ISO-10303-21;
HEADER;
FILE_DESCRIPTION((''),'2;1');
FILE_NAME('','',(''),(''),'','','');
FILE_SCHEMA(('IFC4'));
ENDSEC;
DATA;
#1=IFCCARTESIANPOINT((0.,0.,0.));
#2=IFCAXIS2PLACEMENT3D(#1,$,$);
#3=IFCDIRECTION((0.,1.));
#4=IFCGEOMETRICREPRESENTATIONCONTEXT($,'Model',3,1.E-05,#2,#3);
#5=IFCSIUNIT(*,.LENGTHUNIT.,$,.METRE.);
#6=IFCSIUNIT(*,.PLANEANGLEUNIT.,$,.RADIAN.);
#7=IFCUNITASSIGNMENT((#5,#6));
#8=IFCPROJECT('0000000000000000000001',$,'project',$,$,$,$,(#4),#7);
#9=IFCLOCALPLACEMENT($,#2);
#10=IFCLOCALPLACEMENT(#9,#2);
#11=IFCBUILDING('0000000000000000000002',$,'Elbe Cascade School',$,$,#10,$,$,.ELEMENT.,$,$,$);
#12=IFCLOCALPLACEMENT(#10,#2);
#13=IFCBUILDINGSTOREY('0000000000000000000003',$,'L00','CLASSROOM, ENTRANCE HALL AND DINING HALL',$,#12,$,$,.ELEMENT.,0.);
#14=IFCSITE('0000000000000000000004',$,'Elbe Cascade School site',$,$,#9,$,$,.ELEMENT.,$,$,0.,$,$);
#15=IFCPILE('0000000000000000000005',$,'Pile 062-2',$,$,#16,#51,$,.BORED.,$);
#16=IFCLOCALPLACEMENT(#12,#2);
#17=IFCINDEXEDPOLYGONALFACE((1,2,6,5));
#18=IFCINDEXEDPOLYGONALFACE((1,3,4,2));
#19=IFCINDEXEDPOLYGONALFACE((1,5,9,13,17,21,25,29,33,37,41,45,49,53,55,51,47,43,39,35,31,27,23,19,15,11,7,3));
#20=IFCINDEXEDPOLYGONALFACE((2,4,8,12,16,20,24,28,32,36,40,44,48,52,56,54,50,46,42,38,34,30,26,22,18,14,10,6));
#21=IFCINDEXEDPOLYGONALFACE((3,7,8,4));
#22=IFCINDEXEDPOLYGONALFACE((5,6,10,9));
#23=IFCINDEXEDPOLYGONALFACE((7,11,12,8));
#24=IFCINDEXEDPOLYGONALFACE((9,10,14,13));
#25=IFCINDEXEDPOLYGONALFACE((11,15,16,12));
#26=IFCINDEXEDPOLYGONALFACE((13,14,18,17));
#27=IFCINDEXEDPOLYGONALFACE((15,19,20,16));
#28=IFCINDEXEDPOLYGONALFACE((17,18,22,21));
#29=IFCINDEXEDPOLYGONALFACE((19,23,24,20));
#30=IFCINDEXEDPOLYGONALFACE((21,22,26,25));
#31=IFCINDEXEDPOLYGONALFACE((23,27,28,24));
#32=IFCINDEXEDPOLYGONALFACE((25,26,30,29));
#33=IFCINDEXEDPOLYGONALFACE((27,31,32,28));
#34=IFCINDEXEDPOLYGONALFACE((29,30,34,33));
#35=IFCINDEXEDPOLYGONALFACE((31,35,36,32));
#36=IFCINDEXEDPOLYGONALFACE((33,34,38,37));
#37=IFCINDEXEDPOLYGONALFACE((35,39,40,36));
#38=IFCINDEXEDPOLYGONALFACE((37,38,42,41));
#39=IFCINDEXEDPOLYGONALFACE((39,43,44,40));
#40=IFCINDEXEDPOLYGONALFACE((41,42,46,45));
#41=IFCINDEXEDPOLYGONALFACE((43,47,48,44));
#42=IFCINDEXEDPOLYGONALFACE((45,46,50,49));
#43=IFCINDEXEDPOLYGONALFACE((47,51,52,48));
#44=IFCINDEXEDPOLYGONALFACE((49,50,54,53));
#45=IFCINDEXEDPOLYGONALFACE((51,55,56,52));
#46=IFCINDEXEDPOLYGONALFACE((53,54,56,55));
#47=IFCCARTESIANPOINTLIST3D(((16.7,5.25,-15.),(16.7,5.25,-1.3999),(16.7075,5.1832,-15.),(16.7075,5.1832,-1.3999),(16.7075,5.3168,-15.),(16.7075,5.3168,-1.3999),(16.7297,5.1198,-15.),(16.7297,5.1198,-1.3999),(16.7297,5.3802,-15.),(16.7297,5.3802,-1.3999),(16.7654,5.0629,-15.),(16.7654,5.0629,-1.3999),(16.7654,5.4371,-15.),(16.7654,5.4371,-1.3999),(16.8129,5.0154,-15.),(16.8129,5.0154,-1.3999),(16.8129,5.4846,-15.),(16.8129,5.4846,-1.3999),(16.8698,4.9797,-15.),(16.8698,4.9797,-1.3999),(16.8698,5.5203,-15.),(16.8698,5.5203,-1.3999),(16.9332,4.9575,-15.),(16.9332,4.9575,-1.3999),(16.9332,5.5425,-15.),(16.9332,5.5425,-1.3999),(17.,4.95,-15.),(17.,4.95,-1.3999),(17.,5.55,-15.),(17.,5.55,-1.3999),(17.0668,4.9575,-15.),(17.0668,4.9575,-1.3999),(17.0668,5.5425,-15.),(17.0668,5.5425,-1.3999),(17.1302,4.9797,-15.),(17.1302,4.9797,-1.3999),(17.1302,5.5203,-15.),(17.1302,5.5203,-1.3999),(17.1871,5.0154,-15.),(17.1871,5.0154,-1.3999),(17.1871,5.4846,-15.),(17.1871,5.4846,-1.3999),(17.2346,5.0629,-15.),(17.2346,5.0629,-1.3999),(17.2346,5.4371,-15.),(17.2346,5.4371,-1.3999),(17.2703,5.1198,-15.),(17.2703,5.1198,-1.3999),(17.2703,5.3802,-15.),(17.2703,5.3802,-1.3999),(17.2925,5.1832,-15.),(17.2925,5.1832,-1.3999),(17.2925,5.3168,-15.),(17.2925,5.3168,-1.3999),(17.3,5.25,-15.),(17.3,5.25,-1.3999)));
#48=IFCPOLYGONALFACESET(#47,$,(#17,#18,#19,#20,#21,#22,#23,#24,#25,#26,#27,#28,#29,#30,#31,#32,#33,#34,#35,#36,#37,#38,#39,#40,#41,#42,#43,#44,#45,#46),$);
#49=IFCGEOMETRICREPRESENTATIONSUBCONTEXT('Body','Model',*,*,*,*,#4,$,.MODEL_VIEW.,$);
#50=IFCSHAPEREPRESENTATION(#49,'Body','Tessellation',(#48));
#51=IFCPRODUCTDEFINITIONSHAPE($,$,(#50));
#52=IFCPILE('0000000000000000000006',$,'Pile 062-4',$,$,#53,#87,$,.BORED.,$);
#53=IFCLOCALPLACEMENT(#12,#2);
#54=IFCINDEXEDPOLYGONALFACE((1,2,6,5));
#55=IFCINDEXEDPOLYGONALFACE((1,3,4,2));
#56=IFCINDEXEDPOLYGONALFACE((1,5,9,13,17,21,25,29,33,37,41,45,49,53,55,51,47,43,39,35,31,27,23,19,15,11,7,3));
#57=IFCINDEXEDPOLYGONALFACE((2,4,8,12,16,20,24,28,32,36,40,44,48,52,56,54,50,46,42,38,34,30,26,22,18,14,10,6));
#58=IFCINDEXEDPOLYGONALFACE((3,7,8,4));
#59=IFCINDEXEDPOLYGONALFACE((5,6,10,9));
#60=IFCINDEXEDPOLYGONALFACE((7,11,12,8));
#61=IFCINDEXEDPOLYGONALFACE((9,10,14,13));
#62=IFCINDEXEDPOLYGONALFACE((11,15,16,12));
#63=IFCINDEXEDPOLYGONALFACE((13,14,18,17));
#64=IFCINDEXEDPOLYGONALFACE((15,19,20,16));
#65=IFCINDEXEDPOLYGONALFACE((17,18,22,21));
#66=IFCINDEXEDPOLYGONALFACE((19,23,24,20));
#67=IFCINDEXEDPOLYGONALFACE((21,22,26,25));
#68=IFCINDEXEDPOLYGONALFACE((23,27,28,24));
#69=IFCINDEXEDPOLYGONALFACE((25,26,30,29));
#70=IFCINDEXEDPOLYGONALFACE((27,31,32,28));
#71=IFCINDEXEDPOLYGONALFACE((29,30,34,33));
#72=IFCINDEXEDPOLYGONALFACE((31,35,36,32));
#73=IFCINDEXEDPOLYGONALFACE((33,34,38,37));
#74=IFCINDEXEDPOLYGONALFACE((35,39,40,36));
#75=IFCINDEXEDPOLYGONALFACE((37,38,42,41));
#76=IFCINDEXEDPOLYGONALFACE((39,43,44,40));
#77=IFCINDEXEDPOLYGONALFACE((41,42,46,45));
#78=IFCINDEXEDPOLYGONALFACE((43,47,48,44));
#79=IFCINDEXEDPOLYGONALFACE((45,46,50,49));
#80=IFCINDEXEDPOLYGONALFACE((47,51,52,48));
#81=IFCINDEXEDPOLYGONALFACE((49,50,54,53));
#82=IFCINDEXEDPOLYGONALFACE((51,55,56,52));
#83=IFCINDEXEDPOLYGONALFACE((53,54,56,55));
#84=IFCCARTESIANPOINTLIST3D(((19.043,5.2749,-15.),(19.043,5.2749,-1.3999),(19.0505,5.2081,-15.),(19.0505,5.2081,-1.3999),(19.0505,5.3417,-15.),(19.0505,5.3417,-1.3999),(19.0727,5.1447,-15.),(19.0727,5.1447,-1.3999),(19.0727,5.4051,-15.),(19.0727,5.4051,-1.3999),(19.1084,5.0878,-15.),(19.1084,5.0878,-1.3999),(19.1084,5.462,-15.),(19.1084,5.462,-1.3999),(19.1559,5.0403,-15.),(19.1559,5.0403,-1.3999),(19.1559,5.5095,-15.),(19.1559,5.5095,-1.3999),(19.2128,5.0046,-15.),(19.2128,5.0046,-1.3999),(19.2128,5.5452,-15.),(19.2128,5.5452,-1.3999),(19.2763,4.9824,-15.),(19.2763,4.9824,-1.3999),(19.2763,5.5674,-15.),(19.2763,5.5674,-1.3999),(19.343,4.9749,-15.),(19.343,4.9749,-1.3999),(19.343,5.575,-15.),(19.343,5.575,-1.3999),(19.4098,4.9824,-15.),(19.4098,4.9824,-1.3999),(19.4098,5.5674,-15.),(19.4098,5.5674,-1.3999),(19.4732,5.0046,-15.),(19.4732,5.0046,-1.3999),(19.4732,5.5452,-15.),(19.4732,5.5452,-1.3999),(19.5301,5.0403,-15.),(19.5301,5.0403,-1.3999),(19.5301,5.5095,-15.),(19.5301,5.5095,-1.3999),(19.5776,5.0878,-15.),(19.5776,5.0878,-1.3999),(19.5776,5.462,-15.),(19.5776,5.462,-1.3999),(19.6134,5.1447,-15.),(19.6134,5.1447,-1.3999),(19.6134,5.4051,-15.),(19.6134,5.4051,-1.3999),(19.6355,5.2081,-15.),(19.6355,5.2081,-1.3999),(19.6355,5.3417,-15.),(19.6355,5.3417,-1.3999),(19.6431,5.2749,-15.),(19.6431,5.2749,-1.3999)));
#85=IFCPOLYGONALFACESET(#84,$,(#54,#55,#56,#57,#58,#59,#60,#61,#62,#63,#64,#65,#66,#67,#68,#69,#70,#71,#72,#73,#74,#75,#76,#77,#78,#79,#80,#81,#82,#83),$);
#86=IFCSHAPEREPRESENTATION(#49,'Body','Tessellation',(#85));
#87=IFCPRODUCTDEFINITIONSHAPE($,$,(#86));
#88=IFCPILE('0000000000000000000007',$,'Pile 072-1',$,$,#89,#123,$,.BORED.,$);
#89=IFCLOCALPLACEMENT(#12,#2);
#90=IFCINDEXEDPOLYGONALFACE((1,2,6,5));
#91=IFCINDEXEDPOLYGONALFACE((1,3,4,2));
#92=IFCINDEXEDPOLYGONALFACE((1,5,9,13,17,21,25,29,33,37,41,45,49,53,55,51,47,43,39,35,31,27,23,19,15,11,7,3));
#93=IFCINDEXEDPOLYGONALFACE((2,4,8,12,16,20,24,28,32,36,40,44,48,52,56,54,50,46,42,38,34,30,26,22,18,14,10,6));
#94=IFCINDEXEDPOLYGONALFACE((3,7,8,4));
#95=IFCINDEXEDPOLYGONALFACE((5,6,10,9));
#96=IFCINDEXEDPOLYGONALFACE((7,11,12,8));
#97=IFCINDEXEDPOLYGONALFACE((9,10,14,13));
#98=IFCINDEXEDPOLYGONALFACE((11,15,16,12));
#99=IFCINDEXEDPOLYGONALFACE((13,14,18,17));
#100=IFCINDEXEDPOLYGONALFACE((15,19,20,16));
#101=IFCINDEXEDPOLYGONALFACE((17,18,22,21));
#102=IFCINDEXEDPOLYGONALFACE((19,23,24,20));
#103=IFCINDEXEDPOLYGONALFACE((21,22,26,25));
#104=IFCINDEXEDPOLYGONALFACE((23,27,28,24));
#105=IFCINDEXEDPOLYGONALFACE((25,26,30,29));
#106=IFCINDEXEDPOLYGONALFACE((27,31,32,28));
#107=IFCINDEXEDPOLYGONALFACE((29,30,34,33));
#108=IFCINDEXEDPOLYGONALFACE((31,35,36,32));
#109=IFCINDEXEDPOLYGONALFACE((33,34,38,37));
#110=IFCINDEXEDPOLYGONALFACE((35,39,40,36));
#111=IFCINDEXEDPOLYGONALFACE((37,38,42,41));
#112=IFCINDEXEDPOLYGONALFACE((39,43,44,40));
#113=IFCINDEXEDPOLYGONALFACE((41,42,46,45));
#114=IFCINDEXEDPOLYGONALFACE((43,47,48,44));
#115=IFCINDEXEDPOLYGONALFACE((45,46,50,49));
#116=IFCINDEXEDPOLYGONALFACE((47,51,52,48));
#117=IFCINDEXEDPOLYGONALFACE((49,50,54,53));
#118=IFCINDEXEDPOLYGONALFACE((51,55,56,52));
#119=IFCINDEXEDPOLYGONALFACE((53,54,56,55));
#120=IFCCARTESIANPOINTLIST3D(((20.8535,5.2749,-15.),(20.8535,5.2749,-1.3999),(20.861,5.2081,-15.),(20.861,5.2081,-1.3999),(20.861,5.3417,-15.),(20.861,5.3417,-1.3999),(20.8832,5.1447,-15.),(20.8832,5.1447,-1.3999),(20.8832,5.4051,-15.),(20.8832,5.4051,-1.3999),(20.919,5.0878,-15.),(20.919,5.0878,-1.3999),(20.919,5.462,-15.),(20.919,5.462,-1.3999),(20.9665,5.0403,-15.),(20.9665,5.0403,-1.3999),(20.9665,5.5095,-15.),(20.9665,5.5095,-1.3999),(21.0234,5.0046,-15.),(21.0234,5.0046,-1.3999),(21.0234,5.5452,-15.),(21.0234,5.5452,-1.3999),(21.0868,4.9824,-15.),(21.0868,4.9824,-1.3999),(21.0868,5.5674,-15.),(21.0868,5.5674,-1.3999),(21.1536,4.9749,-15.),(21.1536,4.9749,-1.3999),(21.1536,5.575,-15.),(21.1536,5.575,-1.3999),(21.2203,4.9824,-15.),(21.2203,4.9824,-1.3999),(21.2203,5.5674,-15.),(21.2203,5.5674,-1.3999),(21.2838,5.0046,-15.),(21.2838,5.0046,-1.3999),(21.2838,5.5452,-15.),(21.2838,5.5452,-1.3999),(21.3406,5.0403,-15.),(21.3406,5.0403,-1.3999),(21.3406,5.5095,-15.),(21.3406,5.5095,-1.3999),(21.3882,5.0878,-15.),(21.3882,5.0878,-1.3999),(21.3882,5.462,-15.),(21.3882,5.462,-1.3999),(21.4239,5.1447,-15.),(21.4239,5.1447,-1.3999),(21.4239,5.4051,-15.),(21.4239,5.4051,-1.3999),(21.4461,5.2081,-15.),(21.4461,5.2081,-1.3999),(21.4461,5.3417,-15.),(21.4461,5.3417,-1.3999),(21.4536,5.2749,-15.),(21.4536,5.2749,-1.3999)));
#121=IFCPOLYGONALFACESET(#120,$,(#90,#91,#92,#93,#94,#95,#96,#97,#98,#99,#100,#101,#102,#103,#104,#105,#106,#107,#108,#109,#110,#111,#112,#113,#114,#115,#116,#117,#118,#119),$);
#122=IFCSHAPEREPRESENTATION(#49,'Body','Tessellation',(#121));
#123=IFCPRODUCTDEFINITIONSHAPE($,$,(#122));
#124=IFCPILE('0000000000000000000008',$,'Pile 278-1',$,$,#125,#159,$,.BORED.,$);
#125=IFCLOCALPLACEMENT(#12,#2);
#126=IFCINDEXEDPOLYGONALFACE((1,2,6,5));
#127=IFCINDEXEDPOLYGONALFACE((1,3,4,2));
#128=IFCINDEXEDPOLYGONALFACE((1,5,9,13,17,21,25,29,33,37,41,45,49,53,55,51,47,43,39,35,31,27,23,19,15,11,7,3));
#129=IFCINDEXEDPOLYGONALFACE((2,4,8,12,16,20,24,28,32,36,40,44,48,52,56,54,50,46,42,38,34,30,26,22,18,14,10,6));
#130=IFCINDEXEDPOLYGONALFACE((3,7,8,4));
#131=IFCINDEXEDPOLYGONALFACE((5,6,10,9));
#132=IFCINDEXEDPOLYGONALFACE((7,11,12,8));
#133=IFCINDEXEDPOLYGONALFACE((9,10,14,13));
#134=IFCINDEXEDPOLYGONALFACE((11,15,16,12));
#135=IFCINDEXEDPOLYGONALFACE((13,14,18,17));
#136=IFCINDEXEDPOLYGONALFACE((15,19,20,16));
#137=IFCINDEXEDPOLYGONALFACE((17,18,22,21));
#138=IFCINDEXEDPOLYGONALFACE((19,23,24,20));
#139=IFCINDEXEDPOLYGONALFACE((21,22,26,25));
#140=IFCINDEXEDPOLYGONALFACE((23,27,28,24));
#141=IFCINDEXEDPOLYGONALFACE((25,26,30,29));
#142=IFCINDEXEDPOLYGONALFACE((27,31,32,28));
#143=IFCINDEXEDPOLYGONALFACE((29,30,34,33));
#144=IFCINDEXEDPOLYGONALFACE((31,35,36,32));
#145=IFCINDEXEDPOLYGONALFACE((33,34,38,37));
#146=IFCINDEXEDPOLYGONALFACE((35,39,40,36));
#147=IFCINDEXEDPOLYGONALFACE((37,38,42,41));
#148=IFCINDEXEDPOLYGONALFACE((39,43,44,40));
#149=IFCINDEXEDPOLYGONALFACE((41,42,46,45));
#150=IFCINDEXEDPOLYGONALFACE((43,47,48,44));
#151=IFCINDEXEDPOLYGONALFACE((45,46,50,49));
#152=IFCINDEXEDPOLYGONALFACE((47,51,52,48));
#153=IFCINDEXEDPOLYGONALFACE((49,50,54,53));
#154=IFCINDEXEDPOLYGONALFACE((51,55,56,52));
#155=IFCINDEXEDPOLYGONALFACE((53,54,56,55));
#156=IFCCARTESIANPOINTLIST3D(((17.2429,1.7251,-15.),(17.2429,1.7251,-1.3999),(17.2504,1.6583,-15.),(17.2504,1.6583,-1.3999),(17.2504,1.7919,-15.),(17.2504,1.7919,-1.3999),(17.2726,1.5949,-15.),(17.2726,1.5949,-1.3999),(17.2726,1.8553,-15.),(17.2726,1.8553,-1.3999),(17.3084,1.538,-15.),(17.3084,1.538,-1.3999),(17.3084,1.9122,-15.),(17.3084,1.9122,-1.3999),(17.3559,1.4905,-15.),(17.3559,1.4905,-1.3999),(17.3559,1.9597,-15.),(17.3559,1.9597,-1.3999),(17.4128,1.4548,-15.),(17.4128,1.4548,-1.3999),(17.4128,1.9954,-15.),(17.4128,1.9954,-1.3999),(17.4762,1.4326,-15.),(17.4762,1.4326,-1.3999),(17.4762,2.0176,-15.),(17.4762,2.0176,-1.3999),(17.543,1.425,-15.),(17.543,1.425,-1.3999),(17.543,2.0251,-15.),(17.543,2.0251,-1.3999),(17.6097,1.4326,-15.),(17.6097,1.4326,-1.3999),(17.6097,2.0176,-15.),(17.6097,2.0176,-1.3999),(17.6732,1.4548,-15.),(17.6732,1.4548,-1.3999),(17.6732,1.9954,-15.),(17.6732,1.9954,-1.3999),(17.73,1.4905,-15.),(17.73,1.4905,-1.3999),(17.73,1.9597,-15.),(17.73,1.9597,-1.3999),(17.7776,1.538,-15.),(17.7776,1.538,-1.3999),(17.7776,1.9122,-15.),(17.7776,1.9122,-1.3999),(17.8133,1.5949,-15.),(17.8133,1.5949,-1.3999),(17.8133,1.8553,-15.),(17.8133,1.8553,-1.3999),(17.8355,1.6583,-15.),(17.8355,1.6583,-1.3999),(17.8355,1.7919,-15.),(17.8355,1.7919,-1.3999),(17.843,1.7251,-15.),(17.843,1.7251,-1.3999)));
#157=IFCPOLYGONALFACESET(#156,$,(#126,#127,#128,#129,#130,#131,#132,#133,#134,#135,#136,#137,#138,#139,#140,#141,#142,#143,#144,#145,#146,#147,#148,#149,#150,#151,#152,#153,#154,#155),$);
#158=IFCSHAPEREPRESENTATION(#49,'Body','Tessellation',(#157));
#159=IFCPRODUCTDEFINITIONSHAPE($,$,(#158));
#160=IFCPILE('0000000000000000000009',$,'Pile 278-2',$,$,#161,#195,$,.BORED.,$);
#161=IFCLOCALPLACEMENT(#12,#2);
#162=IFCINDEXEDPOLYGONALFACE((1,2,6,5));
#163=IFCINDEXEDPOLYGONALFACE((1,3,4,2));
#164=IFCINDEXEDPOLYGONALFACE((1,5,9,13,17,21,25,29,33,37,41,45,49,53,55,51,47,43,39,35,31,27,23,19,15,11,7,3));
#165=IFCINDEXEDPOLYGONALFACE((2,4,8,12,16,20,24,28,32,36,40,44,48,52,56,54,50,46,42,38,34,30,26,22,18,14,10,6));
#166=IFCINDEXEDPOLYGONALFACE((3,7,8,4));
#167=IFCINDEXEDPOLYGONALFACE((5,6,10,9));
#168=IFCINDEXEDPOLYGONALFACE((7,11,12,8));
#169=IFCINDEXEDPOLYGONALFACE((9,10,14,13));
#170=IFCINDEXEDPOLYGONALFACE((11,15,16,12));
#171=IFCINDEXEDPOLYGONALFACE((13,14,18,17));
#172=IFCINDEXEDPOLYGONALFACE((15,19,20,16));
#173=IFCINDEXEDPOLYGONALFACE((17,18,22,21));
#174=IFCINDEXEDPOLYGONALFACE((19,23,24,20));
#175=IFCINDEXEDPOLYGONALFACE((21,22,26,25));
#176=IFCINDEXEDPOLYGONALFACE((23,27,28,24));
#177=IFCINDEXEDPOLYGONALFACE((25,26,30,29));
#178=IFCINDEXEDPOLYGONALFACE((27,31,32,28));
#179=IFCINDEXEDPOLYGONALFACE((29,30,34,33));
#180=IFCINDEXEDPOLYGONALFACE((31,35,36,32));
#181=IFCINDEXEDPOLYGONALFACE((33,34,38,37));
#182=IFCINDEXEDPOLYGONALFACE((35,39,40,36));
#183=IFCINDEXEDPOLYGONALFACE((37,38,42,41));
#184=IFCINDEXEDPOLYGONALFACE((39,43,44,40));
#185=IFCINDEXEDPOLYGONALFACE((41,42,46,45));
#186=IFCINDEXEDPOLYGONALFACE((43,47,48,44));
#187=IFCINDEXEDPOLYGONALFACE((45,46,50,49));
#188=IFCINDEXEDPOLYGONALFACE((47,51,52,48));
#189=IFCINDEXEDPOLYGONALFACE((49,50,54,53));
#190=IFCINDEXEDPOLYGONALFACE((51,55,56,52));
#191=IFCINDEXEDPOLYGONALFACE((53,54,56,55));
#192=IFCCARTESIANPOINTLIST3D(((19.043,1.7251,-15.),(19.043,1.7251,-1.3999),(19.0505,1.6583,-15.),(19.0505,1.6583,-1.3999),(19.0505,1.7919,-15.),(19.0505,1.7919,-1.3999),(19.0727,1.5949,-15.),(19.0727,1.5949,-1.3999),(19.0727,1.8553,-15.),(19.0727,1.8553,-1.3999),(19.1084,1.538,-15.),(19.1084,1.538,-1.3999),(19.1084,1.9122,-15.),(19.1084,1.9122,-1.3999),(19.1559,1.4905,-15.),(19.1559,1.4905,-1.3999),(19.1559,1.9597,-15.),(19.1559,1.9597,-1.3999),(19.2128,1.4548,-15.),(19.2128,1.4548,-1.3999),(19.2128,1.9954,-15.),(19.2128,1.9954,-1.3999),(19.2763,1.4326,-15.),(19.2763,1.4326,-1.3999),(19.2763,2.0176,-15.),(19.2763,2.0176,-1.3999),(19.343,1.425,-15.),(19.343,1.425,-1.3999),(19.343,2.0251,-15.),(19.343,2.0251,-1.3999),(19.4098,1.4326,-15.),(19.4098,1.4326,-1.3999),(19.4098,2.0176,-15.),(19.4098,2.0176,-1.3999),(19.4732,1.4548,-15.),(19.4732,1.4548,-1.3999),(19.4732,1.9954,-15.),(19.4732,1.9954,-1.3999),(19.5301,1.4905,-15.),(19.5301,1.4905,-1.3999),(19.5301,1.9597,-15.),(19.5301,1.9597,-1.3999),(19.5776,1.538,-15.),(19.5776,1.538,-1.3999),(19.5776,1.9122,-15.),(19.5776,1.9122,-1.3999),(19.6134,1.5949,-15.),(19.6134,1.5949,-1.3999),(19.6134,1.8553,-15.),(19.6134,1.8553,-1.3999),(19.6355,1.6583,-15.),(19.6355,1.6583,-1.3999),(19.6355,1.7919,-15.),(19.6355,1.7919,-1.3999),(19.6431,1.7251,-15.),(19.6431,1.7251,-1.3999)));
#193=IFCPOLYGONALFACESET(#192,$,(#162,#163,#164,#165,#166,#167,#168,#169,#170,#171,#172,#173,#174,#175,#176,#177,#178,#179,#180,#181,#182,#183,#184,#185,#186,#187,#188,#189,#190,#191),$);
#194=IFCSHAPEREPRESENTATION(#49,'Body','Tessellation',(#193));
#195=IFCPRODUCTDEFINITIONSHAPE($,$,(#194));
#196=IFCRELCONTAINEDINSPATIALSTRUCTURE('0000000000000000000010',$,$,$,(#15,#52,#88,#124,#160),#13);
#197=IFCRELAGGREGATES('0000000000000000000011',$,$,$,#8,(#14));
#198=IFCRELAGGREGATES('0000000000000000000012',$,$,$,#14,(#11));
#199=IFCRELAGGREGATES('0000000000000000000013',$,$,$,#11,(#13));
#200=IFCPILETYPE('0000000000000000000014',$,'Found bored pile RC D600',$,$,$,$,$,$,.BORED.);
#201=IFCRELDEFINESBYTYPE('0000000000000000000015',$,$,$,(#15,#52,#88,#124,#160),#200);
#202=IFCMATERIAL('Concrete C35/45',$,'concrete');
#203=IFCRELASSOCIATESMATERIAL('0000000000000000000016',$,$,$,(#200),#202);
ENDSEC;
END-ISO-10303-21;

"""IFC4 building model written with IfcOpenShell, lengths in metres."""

from ifc_helpers import new_model, si_unit, direction, frame, origin, origin_2d, place, context, subcontext, project, spatial, circle, extrude, material, material_profile, profile_set, type_object, element, save


model = new_model("IFC4")

# Units and contexts
model_context = context("Model", 3, precision=1e-05, world=origin(), true_north=direction((0.0, 1.0)))
body_context = subcontext(model_context, "Body", "Model", "MODEL_VIEW")
ifc_project = project(units=[si_unit("LENGTHUNIT", "METRE"), si_unit("PLANEANGLEUNIT", "RADIAN")], contexts=[model_context])

# Site, building, storey
site_placement = place(None, origin())
site = spatial("IfcSite", under=ifc_project, at=site_placement, Name="Elbe Cascade School site", CompositionType="ELEMENT", RefElevation=0.0)
building_placement = place(site_placement, origin())
building = spatial("IfcBuilding", under=site, at=building_placement, Name="Elbe Cascade School", CompositionType="ELEMENT")
storey_placement = place(building_placement, origin())
storey = spatial("IfcBuildingStorey", under=building, at=storey_placement, Name="L00", Description="CLASSROOM, ENTRANCE HALL AND DINING HALL", CompositionType="ELEMENT", Elevation=0.0)

# Piles
ifc_material_1 = material(Name="Concrete C35/45", Category="concrete")
ifc_material_profile_1 = material_profile(ifc_material_1, circle(Radius=0.3, at=origin_2d()), Name="RC D600")
ifc_profile_set_1 = profile_set([ifc_material_profile_1], Name="Concrete C35/45")
pile_type = type_object("IfcPileType", Name="Found bored pile RC D600", PredefinedType="BORED", material=ifc_profile_set_1)
for number, where, z_axis, x_axis, name in (
    (1, (17.0, 5.25, -1.3999), (0.0, 0.0, -1.0), (1.0, 0.0, 0.0), "Pile 062-2"),
    (2, (19.343, 5.2749, -1.3999), (0.0, 0.0, -1.0), (1.0, 0.0, 0.0), "Pile 062-4"),
    (3, (21.1536, 5.2749, -1.3999), (0.0, 0.0, -1.0), (1.0, 0.0, 0.0), "Pile 072-1"),
    (4, (17.543, 1.7251, -1.3999), (0.0, 0.0, -1.0), (1.0, 0.0, 0.0), "Pile 278-1"),
    (5, (19.343, 1.7251, -1.3999), (0.0, 0.0, -1.0), (1.0, 0.0, 0.0), "Pile 278-2"),
):
    element("IfcPile", number, at=place(storey_placement, frame(where, z_axis=z_axis, x_axis=x_axis)), inside=storey, type_object=pile_type, Name=name, PredefinedType="BORED", context=body_context, shape_type="SweptSolid", body=[
        extrude(circle(Radius=0.3, at=origin_2d()), origin(), (0.0, 0.0, 1.0), 13.6001),
    ])

save(model, "model.ifc")
